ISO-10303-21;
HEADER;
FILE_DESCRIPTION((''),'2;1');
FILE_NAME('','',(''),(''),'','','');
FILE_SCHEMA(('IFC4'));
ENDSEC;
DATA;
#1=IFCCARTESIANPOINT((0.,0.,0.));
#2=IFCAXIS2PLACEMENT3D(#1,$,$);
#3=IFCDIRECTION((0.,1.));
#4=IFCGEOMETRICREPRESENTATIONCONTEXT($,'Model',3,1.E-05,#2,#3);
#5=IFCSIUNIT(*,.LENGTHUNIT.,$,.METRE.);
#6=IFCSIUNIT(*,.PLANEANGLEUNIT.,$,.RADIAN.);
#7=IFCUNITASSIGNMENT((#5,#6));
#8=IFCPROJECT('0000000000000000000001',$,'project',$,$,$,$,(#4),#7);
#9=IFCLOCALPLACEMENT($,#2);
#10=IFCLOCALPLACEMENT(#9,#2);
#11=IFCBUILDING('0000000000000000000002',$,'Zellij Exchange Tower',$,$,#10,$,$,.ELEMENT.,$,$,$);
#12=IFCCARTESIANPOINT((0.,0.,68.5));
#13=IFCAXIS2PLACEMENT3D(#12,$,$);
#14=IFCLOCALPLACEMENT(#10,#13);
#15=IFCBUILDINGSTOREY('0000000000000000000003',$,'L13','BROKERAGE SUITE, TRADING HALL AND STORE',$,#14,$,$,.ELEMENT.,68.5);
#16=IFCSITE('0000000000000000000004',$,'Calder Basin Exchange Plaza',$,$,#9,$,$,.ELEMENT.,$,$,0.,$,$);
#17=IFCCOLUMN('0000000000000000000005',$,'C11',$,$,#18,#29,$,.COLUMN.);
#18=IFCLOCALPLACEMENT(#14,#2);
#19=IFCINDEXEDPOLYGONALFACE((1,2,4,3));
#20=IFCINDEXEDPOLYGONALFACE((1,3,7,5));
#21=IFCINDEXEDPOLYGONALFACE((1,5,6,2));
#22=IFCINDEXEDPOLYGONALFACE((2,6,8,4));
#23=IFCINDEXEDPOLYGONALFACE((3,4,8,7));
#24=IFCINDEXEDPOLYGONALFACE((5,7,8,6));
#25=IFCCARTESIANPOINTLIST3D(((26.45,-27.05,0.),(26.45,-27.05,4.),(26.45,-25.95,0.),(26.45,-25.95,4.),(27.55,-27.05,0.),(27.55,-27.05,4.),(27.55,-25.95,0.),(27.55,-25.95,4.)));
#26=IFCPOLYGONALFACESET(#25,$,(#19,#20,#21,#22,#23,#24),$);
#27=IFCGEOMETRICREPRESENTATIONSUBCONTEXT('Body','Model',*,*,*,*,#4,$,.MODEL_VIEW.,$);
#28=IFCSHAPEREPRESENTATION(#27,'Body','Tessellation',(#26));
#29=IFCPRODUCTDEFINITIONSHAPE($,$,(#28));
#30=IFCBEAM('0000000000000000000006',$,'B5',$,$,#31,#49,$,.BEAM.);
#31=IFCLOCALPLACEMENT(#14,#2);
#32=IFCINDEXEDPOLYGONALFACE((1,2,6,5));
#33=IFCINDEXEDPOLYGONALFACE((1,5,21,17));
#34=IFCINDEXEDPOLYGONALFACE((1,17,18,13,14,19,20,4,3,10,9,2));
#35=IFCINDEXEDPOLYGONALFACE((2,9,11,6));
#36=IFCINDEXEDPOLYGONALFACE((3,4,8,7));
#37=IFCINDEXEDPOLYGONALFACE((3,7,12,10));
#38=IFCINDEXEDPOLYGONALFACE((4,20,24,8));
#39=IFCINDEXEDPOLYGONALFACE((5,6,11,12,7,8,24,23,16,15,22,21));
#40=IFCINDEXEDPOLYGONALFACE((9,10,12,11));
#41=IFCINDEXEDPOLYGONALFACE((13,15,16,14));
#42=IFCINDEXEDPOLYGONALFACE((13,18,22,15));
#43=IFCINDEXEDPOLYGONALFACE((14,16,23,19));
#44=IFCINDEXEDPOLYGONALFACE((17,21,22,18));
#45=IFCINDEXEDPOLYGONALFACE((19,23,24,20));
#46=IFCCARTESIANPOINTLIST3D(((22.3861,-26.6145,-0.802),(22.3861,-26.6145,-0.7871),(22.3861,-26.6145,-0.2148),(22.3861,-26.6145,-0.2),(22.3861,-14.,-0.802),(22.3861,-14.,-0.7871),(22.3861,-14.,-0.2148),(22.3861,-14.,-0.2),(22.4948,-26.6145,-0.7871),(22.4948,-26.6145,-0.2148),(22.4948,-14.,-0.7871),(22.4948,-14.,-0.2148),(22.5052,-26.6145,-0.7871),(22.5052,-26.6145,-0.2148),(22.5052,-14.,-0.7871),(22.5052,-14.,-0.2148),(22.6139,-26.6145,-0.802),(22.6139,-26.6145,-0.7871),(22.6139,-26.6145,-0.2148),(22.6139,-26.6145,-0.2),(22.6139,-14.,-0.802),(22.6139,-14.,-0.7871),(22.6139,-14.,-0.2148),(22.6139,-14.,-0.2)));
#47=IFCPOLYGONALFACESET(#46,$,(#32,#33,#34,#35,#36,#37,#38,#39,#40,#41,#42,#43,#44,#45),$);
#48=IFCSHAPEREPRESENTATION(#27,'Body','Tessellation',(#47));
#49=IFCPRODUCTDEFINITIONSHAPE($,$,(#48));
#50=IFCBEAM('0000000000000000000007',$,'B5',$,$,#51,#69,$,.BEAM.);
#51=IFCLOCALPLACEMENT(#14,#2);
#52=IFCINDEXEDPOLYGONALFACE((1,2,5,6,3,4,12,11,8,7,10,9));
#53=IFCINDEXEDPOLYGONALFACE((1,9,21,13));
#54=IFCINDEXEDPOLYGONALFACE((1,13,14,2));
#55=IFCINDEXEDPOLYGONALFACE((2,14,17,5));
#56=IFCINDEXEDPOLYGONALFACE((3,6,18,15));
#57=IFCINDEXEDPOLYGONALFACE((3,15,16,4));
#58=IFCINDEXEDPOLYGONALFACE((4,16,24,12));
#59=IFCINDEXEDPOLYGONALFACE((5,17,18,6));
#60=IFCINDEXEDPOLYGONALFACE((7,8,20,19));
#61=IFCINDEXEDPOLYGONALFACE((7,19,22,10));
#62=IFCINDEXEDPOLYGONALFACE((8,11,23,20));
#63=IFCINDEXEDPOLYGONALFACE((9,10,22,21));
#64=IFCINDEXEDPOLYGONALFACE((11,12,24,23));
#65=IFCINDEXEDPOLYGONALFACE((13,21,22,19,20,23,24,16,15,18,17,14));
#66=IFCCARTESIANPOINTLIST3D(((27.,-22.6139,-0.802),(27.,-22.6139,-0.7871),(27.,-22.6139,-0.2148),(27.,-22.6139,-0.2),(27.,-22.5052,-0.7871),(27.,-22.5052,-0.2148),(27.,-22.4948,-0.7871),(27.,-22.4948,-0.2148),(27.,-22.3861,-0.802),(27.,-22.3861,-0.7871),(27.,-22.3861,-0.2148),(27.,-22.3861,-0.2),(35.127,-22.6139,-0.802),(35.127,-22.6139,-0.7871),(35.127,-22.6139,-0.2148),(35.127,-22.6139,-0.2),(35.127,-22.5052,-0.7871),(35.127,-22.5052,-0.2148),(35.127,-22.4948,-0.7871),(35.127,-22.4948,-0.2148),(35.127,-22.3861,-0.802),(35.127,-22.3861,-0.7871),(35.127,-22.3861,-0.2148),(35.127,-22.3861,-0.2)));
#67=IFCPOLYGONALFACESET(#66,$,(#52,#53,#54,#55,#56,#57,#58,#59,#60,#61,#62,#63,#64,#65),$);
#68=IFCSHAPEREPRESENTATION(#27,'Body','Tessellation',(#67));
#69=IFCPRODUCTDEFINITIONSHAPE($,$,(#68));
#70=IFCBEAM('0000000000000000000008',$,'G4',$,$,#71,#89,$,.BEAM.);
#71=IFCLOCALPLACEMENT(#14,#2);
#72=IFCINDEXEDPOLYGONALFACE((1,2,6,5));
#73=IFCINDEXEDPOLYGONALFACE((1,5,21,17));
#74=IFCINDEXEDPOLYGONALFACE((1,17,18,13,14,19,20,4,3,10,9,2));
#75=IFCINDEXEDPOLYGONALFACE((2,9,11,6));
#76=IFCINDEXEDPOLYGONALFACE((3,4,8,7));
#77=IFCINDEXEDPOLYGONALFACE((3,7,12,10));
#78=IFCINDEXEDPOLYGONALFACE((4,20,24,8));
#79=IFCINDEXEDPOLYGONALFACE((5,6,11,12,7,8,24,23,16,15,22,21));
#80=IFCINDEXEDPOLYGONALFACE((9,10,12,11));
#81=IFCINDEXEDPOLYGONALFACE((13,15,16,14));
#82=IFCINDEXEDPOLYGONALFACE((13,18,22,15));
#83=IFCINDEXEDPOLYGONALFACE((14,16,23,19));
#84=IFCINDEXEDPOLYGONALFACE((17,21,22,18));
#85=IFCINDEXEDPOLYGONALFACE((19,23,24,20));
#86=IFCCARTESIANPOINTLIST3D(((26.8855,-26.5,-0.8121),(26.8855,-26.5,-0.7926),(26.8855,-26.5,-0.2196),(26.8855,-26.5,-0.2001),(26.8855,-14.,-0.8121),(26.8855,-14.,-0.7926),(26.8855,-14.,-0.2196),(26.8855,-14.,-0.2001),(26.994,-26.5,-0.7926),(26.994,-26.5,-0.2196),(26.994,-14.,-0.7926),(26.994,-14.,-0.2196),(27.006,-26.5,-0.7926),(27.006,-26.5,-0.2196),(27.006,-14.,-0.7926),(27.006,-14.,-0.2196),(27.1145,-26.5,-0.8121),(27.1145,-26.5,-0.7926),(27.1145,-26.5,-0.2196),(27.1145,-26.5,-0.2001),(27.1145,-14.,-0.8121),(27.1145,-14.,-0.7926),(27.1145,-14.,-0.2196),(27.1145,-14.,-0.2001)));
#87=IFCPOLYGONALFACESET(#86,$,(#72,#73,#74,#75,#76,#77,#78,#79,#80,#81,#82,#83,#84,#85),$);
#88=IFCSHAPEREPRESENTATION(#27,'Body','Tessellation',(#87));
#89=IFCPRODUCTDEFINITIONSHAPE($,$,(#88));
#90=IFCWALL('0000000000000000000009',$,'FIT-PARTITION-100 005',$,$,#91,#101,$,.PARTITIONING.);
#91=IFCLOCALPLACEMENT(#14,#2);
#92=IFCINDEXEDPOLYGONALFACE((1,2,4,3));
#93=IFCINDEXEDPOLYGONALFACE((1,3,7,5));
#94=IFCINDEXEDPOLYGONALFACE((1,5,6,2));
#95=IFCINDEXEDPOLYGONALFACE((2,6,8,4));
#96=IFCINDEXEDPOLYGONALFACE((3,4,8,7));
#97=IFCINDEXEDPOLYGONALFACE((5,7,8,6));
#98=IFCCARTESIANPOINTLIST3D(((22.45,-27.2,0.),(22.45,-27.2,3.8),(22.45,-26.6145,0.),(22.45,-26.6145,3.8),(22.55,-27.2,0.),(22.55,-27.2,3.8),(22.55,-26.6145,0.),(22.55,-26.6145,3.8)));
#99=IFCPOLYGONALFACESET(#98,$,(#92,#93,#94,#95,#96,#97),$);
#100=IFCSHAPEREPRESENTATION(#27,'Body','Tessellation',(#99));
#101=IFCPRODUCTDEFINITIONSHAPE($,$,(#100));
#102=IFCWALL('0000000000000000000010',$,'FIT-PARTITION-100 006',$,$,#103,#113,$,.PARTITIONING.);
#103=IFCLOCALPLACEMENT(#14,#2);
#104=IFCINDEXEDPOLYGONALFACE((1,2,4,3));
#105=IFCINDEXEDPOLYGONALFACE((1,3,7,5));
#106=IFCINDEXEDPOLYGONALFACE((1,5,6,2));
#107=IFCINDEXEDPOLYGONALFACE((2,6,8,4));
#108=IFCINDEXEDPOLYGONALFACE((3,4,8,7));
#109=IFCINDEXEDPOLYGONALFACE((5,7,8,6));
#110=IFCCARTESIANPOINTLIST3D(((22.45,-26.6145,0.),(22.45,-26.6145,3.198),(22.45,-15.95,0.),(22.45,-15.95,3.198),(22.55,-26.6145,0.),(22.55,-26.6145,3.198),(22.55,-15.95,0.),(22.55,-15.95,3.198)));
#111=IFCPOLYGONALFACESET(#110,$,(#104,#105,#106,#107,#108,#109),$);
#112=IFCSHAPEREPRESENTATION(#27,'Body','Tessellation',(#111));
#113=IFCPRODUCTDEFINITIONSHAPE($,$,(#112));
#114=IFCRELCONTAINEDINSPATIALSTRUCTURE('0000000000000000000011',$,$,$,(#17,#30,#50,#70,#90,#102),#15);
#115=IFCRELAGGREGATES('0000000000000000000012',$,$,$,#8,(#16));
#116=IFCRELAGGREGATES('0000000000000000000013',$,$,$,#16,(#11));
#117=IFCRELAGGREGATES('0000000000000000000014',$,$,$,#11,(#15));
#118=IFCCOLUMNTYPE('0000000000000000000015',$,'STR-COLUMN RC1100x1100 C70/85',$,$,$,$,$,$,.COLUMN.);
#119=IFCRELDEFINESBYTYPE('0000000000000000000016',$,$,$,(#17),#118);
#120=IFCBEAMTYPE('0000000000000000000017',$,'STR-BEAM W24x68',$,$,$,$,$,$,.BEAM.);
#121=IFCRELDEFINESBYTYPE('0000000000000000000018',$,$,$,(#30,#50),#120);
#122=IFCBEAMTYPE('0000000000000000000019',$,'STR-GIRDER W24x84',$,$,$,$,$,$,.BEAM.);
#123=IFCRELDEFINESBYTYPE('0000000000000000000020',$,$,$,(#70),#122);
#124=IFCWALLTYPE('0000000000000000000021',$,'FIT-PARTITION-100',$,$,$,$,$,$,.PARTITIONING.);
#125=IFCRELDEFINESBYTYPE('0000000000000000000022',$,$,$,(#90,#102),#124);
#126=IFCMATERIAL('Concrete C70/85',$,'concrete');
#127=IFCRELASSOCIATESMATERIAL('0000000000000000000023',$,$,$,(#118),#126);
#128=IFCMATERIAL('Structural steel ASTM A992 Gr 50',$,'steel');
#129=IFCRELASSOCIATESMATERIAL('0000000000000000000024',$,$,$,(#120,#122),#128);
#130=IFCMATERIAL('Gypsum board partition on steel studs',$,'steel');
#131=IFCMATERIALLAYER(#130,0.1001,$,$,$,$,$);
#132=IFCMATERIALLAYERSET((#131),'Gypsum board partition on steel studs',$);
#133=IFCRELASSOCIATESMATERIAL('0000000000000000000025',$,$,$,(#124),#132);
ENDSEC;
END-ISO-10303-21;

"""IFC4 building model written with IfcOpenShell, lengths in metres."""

from ifc_helpers import new_model, si_unit, direction, frame, frame_2d, origin, origin_2d, place, context, subcontext, project, spatial, rectangle, i_section, extrude, material, layer, layer_set, material_profile, profile_set, type_object, element, save


model = new_model("IFC4")

# Units and contexts
model_context = context("Model", 3, precision=1e-05, world=origin(), true_north=direction((0.0, 1.0)))
body_context = subcontext(model_context, "Body", "Model", "MODEL_VIEW")
ifc_project = project(units=[si_unit("LENGTHUNIT", "METRE"), si_unit("PLANEANGLEUNIT", "RADIAN")], contexts=[model_context])

# Site, building, storey
site_placement = place(None, origin())
site = spatial("IfcSite", under=ifc_project, at=site_placement, Name="Calder Basin Exchange Plaza", CompositionType="ELEMENT", RefElevation=0.0)
building_placement = place(site_placement, origin())
building = spatial("IfcBuilding", under=site, at=building_placement, Name="Zellij Exchange Tower", CompositionType="ELEMENT")
storey_placement = place(building_placement, frame((0.0, 0.0, 68.5)))
storey = spatial("IfcBuildingStorey", under=building, at=storey_placement, Name="L13", Description="BROKERAGE SUITE, TRADING HALL AND STORE", CompositionType="ELEMENT", Elevation=68.5)

# Column
ifc_material_1 = material(Name="Concrete C70/85", Category="concrete")
ifc_material_profile_1 = material_profile(ifc_material_1, rectangle(XDim=1.1001, YDim=1.1001, at=origin_2d()), Name="STR-COLUMN RC1100x1100 C70/85")
ifc_profile_set_1 = profile_set([ifc_material_profile_1], Name="Concrete C70/85")
column_type = type_object("IfcColumnType", Name="STR-COLUMN RC1100x1100 C70/85", PredefinedType="COLUMN", material=ifc_profile_set_1)
column_placement = place(storey_placement, frame((27.0, -26.5, 0.0), z_axis=(0.0, 0.0, 1.0), x_axis=(1.0, 0.0, 0.0)))
element("IfcColumn", 1, at=column_placement, inside=storey, type_object=column_type, Name="C11", PredefinedType="COLUMN", context=body_context, shape_type="SweptSolid", body=[
    extrude(rectangle(XDim=1.1001, YDim=1.1001, at=origin_2d()), origin(), (0.0, 0.0, 1.0), 4.0),
])

# Beams
ifc_material_2 = material(Name="Structural steel ASTM A992 Gr 50", Category="steel")
ifc_material_profile_2 = material_profile(ifc_material_2, i_section(OverallWidth=0.2278, OverallDepth=0.6021, WebThickness=0.0105, FlangeThickness=0.0149, at=origin_2d()), Name="W24x68")
ifc_profile_set_2 = profile_set([ifc_material_profile_2], Name="Structural steel ASTM A992 Gr 50")
beam_type_1 = type_object("IfcBeamType", Name="STR-BEAM W24x68", PredefinedType="BEAM", material=ifc_profile_set_2)
beam_1_placement = place(storey_placement, frame((22.5, -26.6145, -0.501), z_axis=(0.0, 1.0, 0.0), x_axis=(-1.0, 0.0, 0.0)))
element("IfcBeam", 2, at=beam_1_placement, inside=storey, type_object=beam_type_1, Name="B5", PredefinedType="BEAM", context=body_context, shape_type="SweptSolid", body=[
    extrude(i_section(OverallWidth=0.2278, OverallDepth=0.6021, WebThickness=0.0105, FlangeThickness=0.0149, at=origin_2d()), origin(), (0.0, 0.0, 1.0), 12.6145),
])
beam_2_placement = place(storey_placement, frame((27.0, -22.5, -0.501), z_axis=(1.0, 0.0, 0.0), x_axis=(0.0, 1.0, 0.0)))
element("IfcBeam", 3, at=beam_2_placement, inside=storey, type_object=beam_type_1, Name="B5", PredefinedType="BEAM", context=body_context, shape_type="SweptSolid", body=[
    extrude(i_section(OverallWidth=0.2278, OverallDepth=0.6021, WebThickness=0.0105, FlangeThickness=0.0149, at=origin_2d()), origin(), (0.0, 0.0, 1.0), 8.127),
])
ifc_material_profile_3 = material_profile(ifc_material_2, i_section(OverallWidth=0.229, OverallDepth=0.6121, WebThickness=0.012, FlangeThickness=0.0195, at=origin_2d()), Name="W24x84")
ifc_profile_set_3 = profile_set([ifc_material_profile_3], Name="Structural steel ASTM A992 Gr 50")
beam_type_2 = type_object("IfcBeamType", Name="STR-GIRDER W24x84", PredefinedType="BEAM", material=ifc_profile_set_3)
beam_3_placement = place(storey_placement, frame((27.0, -26.5, -0.5061), z_axis=(0.0, 1.0, 0.0), x_axis=(-1.0, 0.0, 0.0)))
element("IfcBeam", 4, at=beam_3_placement, inside=storey, type_object=beam_type_2, Name="G4", PredefinedType="BEAM", context=body_context, shape_type="SweptSolid", body=[
    extrude(i_section(OverallWidth=0.229, OverallDepth=0.6121, WebThickness=0.012, FlangeThickness=0.0195, at=origin_2d()), origin(), (0.0, 0.0, 1.0), 12.5),
])

# Walls
ifc_material_3 = material(Name="Gypsum board partition on steel studs", Category="steel")
ifc_layer_1 = layer(ifc_material_3, 0.1001)
ifc_layer_set_1 = layer_set([ifc_layer_1], Name="Gypsum board partition on steel studs")
wall_type = type_object("IfcWallType", Name="FIT-PARTITION-100", PredefinedType="PARTITIONING", material=ifc_layer_set_1)
wall_1_placement = place(storey_placement, frame((22.5, -27.2, 0.0), z_axis=(0.0, 0.0, 1.0), x_axis=(0.0, 1.0, 0.0)))
element("IfcWall", 5, at=wall_1_placement, inside=storey, type_object=wall_type, Name="FIT-PARTITION-100 005", PredefinedType="PARTITIONING", context=body_context, shape_type="SweptSolid", body=[
    extrude(rectangle(XDim=0.5854, YDim=0.1001, at=frame_2d((0.2927, 0.0))), origin(), (0.0, 0.0, 1.0), 3.8),
])
wall_2_placement = place(storey_placement, frame((22.5, -26.6145, 0.0), z_axis=(0.0, 0.0, 1.0), x_axis=(0.0, 1.0, 0.0)))
element("IfcWall", 6, at=wall_2_placement, inside=storey, type_object=wall_type, Name="FIT-PARTITION-100 006", PredefinedType="PARTITIONING", context=body_context, shape_type="SweptSolid", body=[
    extrude(rectangle(XDim=10.6646, YDim=0.1001, at=frame_2d((5.3323, 0.0))), origin(), (0.0, 0.0, 1.0), 3.198),
])

save(model, "model.ifc")
